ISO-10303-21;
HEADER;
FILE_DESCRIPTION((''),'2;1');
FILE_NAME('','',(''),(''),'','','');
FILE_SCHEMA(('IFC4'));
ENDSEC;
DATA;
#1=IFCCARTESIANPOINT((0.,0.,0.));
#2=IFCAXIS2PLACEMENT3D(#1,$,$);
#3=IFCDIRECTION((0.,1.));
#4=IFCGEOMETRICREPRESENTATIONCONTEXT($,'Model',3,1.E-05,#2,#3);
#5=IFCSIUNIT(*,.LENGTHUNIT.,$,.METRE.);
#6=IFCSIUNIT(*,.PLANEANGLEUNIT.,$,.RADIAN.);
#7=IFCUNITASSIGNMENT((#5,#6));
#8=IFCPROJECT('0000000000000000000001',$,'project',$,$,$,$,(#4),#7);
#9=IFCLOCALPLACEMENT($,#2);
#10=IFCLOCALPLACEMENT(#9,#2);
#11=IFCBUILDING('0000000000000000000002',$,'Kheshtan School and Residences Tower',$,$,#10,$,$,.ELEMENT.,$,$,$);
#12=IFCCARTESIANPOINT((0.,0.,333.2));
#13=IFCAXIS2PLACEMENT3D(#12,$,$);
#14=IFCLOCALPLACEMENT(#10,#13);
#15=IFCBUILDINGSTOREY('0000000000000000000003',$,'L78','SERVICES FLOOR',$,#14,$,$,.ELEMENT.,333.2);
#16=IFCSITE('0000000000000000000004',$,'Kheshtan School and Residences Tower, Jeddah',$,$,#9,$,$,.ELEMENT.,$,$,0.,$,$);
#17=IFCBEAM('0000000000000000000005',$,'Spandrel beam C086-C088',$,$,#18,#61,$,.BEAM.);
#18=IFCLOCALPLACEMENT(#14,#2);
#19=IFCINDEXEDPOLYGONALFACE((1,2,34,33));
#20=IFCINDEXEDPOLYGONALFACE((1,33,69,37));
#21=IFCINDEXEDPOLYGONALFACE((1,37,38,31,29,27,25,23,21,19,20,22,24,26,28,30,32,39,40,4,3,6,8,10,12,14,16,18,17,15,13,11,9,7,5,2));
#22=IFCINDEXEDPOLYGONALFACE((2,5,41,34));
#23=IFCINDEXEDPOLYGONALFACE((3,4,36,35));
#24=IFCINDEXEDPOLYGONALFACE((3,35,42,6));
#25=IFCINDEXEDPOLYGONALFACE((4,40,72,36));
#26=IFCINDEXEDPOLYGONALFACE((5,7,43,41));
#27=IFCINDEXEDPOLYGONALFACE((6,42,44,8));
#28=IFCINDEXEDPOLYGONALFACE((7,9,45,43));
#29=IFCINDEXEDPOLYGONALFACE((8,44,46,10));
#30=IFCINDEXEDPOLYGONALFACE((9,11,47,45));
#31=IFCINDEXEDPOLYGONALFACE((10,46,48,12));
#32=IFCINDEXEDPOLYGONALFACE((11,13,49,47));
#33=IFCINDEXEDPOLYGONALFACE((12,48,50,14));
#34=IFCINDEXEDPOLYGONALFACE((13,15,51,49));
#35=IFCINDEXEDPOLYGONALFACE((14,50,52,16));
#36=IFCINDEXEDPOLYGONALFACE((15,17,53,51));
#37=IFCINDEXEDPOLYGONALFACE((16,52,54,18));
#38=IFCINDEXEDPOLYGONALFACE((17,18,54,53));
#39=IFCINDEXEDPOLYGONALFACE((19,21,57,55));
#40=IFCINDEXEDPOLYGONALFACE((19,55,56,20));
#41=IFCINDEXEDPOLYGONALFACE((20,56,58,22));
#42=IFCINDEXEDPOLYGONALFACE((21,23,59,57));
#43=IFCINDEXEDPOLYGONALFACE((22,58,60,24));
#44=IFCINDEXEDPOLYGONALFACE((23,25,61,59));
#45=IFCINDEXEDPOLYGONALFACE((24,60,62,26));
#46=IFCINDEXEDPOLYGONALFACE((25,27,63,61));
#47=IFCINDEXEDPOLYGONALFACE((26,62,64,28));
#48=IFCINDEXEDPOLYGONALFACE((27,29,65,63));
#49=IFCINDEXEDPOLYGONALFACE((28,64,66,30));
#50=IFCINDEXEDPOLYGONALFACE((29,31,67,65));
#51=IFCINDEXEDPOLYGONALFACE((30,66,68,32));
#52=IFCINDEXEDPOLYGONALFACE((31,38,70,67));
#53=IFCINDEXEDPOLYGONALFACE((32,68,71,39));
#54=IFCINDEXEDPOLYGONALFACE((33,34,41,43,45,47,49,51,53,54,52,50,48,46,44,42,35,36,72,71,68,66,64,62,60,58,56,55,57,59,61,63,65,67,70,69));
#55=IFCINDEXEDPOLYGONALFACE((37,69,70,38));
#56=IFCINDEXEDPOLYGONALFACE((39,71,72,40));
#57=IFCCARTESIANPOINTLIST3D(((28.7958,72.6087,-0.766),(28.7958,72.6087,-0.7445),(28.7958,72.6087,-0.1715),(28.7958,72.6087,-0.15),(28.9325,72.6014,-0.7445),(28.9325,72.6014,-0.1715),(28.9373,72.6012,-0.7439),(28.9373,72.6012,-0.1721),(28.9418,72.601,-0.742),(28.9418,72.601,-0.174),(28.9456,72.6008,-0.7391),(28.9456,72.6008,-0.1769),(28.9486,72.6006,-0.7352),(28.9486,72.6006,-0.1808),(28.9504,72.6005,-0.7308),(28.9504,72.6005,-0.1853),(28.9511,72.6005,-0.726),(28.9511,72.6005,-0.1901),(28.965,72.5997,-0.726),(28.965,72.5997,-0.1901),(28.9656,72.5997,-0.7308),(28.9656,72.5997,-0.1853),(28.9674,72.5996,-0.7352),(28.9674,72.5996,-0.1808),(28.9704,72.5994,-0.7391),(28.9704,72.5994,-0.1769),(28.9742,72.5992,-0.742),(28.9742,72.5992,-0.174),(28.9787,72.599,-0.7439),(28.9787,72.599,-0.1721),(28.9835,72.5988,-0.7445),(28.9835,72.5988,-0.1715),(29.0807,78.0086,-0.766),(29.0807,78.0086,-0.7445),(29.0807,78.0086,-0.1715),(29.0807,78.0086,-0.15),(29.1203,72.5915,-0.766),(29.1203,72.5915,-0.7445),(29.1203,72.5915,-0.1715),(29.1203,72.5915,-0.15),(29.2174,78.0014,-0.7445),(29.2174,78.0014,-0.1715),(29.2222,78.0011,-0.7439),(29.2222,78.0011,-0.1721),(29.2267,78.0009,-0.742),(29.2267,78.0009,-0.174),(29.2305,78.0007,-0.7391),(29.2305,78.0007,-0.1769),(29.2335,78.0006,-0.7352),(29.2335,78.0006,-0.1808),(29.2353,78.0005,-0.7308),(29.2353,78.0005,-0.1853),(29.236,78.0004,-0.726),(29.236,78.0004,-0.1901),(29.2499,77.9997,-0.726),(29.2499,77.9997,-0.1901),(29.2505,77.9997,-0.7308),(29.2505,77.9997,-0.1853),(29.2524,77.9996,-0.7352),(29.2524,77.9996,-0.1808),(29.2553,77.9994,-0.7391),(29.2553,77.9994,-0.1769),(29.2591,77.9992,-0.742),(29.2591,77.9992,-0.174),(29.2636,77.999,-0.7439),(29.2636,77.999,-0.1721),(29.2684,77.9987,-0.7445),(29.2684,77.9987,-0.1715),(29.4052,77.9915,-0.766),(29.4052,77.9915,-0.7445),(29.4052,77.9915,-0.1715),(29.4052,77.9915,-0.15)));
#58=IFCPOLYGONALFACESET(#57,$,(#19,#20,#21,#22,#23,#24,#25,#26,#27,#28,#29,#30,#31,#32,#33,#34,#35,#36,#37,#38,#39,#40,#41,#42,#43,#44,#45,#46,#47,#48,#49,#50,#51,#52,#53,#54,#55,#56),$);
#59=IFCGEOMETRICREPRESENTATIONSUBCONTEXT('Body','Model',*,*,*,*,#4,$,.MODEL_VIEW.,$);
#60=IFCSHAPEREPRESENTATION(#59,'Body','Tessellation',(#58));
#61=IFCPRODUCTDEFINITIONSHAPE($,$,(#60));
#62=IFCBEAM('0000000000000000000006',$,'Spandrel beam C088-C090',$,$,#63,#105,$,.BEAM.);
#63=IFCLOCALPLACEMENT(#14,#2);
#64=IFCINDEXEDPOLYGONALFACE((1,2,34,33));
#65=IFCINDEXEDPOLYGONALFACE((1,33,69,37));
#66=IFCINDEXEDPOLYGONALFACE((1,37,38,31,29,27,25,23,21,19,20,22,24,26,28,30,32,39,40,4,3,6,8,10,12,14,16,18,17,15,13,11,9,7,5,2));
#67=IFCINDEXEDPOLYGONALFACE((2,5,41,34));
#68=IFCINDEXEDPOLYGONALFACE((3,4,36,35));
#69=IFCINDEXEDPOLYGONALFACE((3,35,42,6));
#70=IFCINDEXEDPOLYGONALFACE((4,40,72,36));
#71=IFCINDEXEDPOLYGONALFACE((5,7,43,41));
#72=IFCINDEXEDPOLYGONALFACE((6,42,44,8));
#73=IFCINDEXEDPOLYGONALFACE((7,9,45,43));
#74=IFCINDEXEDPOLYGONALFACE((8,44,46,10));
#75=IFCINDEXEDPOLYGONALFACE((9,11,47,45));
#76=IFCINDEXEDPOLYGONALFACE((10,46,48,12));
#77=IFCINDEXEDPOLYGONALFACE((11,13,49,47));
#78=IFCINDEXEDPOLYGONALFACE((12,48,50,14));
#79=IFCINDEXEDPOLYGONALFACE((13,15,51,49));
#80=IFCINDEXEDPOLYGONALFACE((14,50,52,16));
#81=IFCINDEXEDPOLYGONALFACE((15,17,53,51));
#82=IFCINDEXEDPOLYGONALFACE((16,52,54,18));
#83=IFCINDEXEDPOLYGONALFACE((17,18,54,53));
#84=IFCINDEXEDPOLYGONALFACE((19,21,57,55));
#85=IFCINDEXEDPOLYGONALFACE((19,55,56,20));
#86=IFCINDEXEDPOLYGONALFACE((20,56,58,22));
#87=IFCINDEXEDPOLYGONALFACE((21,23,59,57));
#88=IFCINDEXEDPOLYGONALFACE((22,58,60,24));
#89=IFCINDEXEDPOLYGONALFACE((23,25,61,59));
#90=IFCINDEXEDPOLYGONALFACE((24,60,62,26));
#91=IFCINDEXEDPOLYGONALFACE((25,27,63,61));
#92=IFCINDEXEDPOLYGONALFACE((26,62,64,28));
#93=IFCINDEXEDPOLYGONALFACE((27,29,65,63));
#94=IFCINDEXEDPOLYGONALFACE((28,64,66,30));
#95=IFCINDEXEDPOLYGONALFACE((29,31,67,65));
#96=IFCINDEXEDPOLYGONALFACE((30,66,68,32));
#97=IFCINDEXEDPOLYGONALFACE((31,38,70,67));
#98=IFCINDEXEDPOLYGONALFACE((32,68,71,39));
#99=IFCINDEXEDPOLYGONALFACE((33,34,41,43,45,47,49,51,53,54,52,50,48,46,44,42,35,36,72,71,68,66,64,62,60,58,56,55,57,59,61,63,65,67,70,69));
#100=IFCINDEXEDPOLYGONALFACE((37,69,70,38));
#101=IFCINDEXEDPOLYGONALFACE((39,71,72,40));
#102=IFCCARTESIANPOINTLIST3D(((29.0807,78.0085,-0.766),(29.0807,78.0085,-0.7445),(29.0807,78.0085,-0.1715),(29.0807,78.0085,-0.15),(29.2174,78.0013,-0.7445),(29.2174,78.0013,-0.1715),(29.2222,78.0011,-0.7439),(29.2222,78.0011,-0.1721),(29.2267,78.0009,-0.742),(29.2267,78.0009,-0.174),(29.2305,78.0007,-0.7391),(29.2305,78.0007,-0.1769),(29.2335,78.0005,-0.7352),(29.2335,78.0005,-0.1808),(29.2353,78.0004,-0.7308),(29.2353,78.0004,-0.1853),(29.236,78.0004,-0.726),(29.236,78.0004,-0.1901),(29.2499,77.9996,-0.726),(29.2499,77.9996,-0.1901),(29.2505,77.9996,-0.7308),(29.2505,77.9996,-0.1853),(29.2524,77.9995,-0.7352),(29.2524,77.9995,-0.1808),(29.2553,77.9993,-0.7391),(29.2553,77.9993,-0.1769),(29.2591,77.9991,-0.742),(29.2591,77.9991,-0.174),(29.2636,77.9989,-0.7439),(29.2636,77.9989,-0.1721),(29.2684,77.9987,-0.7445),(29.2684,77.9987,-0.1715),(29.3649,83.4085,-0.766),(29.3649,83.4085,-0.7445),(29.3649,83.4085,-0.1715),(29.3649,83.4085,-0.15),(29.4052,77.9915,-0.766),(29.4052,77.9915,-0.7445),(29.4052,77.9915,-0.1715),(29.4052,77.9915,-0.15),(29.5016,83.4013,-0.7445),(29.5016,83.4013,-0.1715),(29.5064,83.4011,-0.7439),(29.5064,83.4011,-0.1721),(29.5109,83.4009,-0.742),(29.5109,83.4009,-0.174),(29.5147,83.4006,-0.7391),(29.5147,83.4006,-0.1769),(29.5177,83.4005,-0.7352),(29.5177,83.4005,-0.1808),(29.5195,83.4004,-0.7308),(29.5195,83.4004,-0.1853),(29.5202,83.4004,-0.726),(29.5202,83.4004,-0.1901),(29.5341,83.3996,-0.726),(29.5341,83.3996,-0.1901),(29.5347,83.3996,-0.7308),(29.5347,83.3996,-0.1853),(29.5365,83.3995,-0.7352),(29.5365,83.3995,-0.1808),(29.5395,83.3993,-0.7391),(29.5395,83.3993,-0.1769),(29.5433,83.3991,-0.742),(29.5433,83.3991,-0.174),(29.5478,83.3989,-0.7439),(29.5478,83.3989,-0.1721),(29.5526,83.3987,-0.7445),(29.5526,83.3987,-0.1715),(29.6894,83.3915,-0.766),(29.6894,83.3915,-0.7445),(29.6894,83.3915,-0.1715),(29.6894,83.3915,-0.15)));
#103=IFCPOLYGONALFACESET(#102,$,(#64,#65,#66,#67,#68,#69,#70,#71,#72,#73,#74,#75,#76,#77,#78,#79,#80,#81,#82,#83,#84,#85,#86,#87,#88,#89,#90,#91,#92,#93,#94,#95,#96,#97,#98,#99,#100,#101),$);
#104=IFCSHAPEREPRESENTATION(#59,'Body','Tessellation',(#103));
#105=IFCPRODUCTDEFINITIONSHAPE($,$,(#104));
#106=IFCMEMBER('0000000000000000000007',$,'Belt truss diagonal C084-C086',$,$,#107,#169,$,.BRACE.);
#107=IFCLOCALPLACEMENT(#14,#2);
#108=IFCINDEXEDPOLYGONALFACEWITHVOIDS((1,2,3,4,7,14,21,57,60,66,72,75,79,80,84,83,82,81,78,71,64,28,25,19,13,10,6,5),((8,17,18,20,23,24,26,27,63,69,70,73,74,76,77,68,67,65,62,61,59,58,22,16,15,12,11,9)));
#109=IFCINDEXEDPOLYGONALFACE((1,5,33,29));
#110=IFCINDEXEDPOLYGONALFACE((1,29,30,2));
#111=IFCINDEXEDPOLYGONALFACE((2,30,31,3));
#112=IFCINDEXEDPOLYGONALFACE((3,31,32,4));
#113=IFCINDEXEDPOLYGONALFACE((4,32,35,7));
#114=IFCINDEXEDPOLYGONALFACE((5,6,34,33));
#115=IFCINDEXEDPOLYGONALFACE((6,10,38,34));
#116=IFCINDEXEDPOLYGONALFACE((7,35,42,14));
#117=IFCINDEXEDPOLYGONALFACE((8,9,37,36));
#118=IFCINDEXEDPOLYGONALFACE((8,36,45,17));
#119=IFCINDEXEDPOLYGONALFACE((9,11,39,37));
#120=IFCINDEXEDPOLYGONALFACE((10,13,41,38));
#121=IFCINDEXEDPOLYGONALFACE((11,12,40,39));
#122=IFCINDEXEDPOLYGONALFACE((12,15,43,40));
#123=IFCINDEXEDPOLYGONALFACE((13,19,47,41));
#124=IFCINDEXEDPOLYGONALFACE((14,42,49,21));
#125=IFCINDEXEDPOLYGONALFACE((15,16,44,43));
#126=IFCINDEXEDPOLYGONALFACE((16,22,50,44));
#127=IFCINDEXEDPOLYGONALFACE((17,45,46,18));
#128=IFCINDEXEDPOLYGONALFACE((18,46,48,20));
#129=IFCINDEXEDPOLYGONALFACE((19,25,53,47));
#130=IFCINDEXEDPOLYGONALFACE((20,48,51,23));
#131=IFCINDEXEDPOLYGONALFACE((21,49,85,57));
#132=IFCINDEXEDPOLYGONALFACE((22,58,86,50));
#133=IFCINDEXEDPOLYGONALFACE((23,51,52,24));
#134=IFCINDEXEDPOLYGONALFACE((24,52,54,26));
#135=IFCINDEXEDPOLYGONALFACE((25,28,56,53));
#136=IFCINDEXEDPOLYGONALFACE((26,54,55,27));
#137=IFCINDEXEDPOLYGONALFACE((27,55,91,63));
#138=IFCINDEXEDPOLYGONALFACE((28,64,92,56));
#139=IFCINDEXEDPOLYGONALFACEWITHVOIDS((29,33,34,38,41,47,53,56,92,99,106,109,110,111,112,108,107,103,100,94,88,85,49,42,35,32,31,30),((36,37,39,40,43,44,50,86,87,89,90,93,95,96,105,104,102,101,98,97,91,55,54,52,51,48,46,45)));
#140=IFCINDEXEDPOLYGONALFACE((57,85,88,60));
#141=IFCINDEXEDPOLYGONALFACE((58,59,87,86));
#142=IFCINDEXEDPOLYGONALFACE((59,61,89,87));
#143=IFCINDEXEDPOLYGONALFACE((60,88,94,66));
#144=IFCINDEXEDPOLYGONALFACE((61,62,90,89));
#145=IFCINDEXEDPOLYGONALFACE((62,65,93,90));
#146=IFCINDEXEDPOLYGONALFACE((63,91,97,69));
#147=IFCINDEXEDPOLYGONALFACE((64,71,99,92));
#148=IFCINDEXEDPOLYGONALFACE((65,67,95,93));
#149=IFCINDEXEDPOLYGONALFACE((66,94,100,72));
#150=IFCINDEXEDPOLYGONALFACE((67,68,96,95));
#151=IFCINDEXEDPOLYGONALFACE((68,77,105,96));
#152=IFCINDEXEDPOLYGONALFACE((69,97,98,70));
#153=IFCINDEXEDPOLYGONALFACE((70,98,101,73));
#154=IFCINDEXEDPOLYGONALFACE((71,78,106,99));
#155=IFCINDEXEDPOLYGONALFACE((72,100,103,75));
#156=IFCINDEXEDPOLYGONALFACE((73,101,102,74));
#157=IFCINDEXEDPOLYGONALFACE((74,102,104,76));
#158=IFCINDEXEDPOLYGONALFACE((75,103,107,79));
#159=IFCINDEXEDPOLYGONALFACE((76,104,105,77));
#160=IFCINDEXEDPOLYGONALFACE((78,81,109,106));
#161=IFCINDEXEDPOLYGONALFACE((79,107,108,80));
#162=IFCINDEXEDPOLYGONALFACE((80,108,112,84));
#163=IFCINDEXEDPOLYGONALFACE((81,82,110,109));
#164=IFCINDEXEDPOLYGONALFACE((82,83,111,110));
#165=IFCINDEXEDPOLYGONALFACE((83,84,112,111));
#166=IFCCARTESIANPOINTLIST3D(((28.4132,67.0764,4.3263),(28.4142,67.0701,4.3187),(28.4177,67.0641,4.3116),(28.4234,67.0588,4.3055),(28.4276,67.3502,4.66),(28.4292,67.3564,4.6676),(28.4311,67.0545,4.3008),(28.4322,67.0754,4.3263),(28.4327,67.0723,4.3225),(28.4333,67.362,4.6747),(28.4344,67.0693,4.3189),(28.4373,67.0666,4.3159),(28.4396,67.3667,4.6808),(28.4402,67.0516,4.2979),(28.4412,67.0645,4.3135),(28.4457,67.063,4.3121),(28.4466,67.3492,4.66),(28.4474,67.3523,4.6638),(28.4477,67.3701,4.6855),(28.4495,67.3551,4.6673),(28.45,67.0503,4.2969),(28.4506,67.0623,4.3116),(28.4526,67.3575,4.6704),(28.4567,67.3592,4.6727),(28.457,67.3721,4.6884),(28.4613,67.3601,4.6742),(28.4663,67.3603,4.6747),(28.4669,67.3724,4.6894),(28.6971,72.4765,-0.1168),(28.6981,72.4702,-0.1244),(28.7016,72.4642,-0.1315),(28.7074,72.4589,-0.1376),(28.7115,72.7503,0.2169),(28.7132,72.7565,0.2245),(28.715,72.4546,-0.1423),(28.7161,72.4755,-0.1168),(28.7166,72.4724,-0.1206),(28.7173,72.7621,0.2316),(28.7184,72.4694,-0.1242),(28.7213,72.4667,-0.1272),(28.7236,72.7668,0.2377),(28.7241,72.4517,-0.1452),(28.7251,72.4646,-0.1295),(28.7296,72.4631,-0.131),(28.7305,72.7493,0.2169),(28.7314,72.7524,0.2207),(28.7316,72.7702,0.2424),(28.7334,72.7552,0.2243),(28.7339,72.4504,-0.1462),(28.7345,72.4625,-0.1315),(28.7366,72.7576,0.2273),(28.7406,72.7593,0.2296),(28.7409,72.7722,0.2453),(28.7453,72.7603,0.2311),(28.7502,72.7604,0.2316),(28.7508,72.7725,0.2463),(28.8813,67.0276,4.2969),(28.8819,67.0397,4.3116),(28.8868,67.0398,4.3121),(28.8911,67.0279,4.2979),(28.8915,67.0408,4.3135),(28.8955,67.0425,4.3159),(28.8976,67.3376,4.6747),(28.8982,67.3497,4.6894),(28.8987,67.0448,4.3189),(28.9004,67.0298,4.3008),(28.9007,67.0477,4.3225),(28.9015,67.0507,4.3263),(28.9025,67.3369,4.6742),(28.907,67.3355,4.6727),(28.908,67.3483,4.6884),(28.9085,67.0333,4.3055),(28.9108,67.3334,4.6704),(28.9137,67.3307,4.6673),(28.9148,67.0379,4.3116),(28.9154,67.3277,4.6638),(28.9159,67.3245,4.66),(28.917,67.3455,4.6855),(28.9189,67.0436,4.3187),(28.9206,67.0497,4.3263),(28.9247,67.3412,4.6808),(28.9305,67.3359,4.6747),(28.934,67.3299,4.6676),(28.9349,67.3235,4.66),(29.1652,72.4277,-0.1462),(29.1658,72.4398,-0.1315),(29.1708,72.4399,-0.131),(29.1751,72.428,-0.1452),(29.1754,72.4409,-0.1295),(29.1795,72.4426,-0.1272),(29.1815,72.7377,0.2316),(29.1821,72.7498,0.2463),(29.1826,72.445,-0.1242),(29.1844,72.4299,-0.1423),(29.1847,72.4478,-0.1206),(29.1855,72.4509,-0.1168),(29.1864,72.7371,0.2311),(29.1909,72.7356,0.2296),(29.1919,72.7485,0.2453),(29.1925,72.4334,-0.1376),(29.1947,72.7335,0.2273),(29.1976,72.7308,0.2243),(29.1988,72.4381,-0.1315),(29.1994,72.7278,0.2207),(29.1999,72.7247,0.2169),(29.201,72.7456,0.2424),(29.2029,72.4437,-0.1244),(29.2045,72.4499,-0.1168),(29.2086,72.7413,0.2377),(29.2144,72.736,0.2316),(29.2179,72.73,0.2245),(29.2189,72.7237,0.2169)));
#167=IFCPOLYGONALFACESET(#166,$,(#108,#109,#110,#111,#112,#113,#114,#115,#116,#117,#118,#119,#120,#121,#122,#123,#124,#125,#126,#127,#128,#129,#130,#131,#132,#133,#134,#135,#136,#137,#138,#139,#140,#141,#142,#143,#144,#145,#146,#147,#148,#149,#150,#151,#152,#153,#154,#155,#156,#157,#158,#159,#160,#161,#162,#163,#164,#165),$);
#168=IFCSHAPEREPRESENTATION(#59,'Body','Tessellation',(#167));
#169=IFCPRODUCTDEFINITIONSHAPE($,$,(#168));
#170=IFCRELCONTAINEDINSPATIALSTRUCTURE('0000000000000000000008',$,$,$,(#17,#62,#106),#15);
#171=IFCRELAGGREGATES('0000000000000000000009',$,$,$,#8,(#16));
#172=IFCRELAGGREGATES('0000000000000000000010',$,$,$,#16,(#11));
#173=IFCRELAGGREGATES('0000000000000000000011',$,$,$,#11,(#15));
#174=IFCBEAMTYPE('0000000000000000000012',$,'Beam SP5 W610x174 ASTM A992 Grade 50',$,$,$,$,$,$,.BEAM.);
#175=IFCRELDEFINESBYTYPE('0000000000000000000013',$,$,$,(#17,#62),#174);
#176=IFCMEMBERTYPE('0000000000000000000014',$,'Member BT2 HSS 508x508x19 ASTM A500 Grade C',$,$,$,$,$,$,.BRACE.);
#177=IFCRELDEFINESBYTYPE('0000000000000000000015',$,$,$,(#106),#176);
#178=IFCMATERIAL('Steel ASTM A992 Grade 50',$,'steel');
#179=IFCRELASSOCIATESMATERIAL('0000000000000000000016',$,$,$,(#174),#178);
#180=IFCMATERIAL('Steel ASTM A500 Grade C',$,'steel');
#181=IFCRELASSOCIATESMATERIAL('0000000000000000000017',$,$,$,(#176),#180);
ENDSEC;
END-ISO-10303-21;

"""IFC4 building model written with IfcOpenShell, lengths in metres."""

from ifc_helpers import new_model, si_unit, direction, frame, origin, origin_2d, place, context, subcontext, project, spatial, hollow_rectangle, i_section, extrude, material, material_profile, profile_set, type_object, element, save


model = new_model("IFC4")

# Units and contexts
model_context = context("Model", 3, precision=1e-05, world=origin(), true_north=direction((0.0, 1.0)))
body_context = subcontext(model_context, "Body", "Model", "MODEL_VIEW")
ifc_project = project(units=[si_unit("LENGTHUNIT", "METRE"), si_unit("PLANEANGLEUNIT", "RADIAN")], contexts=[model_context])

# Site, building, storey
site_placement = place(None, origin())
site = spatial("IfcSite", under=ifc_project, at=site_placement, Name="Kheshtan School and Residences Tower, Jeddah", CompositionType="ELEMENT", RefElevation=0.0)
building_placement = place(site_placement, origin())
building = spatial("IfcBuilding", under=site, at=building_placement, Name="Kheshtan School and Residences Tower", CompositionType="ELEMENT")
storey_placement = place(building_placement, frame((0.0, 0.0, 333.2)))
storey = spatial("IfcBuildingStorey", under=building, at=storey_placement, Name="L78", Description="SERVICES FLOOR", CompositionType="ELEMENT", Elevation=333.2)

# Shared definitions
ifc_material_1 = material(Name="Steel ASTM A992 Grade 50", Category="steel")

# Beams
ifc_material_profile_1 = material_profile(ifc_material_1, i_section(OverallWidth=0.325, OverallDepth=0.616, WebThickness=0.0139, FlangeThickness=0.0215, FilletRadius=0.0186, at=origin_2d()), Name="W610x174")
ifc_profile_set_1 = profile_set([ifc_material_profile_1], Name="Steel ASTM A992 Grade 50")
beam_type_1 = type_object("IfcBeamType", Name="Beam SP5 W610x174 ASTM A992 Grade 50", PredefinedType="BEAM", material=ifc_profile_set_1)
for number, where, z_axis, x_axis, name in (
    (1, (28.958, 72.6001, -0.458), (0.052689, 0.998611, 0.0), (-0.998611, 0.052689, 0.0), "Spandrel beam C086-C088"),
    (2, (29.2429, 78.0, -0.458), (0.052554, 0.998618, 0.0), (-0.998618, 0.052554, 0.0), "Spandrel beam C088-C090"),
):
    element("IfcBeam", number, at=place(storey_placement, frame(where, z_axis=z_axis, x_axis=x_axis)), inside=storey, type_object=beam_type_1, Name=name, PredefinedType="BEAM", context=body_context, shape_type="SweptSolid", body=[
        extrude(i_section(OverallWidth=0.325, OverallDepth=0.616, WebThickness=0.0139, FlangeThickness=0.0215, FilletRadius=0.0186, at=origin_2d()), origin(), (0.0, 0.0, 1.0), 5.4075),
    ])

# Member
ifc_material_2 = material(Name="Steel ASTM A500 Grade C", Category="steel")
ifc_material_profile_2 = material_profile(ifc_material_2, hollow_rectangle(XDim=0.5081, YDim=0.5081, WallThickness=0.019, InnerFilletRadius=0.019, OuterFilletRadius=0.0381, at=origin_2d()), Name="HSS 508x508x19")
ifc_profile_set_2 = profile_set([ifc_material_profile_2], Name="Steel ASTM A500 Grade C")
member_type = type_object("IfcMemberType", Name="Member BT2 HSS 508x508x19 ASTM A500 Grade C", PredefinedType="BRACE", material=ifc_profile_set_2)
for number, where, z_axis, x_axis, name in (
    (3, (28.958, 72.6001, 0.05), (-0.040569, -0.77158, 0.634838), (0.998621, -0.052507, 0.0), "Belt truss diagonal C084-C086"),
):
    element("IfcMember", number, at=place(storey_placement, frame(where, z_axis=z_axis, x_axis=x_axis)), inside=storey, type_object=member_type, Name=name, PredefinedType="BRACE", context=body_context, shape_type="SweptSolid", body=[
        extrude(hollow_rectangle(XDim=0.5081, YDim=0.5081, WallThickness=0.019, InnerFilletRadius=0.019, OuterFilletRadius=0.0381, at=origin_2d()), origin(), (0.0, 0.0, 1.0), 6.9988),
    ])

save(model, "model.ifc")
